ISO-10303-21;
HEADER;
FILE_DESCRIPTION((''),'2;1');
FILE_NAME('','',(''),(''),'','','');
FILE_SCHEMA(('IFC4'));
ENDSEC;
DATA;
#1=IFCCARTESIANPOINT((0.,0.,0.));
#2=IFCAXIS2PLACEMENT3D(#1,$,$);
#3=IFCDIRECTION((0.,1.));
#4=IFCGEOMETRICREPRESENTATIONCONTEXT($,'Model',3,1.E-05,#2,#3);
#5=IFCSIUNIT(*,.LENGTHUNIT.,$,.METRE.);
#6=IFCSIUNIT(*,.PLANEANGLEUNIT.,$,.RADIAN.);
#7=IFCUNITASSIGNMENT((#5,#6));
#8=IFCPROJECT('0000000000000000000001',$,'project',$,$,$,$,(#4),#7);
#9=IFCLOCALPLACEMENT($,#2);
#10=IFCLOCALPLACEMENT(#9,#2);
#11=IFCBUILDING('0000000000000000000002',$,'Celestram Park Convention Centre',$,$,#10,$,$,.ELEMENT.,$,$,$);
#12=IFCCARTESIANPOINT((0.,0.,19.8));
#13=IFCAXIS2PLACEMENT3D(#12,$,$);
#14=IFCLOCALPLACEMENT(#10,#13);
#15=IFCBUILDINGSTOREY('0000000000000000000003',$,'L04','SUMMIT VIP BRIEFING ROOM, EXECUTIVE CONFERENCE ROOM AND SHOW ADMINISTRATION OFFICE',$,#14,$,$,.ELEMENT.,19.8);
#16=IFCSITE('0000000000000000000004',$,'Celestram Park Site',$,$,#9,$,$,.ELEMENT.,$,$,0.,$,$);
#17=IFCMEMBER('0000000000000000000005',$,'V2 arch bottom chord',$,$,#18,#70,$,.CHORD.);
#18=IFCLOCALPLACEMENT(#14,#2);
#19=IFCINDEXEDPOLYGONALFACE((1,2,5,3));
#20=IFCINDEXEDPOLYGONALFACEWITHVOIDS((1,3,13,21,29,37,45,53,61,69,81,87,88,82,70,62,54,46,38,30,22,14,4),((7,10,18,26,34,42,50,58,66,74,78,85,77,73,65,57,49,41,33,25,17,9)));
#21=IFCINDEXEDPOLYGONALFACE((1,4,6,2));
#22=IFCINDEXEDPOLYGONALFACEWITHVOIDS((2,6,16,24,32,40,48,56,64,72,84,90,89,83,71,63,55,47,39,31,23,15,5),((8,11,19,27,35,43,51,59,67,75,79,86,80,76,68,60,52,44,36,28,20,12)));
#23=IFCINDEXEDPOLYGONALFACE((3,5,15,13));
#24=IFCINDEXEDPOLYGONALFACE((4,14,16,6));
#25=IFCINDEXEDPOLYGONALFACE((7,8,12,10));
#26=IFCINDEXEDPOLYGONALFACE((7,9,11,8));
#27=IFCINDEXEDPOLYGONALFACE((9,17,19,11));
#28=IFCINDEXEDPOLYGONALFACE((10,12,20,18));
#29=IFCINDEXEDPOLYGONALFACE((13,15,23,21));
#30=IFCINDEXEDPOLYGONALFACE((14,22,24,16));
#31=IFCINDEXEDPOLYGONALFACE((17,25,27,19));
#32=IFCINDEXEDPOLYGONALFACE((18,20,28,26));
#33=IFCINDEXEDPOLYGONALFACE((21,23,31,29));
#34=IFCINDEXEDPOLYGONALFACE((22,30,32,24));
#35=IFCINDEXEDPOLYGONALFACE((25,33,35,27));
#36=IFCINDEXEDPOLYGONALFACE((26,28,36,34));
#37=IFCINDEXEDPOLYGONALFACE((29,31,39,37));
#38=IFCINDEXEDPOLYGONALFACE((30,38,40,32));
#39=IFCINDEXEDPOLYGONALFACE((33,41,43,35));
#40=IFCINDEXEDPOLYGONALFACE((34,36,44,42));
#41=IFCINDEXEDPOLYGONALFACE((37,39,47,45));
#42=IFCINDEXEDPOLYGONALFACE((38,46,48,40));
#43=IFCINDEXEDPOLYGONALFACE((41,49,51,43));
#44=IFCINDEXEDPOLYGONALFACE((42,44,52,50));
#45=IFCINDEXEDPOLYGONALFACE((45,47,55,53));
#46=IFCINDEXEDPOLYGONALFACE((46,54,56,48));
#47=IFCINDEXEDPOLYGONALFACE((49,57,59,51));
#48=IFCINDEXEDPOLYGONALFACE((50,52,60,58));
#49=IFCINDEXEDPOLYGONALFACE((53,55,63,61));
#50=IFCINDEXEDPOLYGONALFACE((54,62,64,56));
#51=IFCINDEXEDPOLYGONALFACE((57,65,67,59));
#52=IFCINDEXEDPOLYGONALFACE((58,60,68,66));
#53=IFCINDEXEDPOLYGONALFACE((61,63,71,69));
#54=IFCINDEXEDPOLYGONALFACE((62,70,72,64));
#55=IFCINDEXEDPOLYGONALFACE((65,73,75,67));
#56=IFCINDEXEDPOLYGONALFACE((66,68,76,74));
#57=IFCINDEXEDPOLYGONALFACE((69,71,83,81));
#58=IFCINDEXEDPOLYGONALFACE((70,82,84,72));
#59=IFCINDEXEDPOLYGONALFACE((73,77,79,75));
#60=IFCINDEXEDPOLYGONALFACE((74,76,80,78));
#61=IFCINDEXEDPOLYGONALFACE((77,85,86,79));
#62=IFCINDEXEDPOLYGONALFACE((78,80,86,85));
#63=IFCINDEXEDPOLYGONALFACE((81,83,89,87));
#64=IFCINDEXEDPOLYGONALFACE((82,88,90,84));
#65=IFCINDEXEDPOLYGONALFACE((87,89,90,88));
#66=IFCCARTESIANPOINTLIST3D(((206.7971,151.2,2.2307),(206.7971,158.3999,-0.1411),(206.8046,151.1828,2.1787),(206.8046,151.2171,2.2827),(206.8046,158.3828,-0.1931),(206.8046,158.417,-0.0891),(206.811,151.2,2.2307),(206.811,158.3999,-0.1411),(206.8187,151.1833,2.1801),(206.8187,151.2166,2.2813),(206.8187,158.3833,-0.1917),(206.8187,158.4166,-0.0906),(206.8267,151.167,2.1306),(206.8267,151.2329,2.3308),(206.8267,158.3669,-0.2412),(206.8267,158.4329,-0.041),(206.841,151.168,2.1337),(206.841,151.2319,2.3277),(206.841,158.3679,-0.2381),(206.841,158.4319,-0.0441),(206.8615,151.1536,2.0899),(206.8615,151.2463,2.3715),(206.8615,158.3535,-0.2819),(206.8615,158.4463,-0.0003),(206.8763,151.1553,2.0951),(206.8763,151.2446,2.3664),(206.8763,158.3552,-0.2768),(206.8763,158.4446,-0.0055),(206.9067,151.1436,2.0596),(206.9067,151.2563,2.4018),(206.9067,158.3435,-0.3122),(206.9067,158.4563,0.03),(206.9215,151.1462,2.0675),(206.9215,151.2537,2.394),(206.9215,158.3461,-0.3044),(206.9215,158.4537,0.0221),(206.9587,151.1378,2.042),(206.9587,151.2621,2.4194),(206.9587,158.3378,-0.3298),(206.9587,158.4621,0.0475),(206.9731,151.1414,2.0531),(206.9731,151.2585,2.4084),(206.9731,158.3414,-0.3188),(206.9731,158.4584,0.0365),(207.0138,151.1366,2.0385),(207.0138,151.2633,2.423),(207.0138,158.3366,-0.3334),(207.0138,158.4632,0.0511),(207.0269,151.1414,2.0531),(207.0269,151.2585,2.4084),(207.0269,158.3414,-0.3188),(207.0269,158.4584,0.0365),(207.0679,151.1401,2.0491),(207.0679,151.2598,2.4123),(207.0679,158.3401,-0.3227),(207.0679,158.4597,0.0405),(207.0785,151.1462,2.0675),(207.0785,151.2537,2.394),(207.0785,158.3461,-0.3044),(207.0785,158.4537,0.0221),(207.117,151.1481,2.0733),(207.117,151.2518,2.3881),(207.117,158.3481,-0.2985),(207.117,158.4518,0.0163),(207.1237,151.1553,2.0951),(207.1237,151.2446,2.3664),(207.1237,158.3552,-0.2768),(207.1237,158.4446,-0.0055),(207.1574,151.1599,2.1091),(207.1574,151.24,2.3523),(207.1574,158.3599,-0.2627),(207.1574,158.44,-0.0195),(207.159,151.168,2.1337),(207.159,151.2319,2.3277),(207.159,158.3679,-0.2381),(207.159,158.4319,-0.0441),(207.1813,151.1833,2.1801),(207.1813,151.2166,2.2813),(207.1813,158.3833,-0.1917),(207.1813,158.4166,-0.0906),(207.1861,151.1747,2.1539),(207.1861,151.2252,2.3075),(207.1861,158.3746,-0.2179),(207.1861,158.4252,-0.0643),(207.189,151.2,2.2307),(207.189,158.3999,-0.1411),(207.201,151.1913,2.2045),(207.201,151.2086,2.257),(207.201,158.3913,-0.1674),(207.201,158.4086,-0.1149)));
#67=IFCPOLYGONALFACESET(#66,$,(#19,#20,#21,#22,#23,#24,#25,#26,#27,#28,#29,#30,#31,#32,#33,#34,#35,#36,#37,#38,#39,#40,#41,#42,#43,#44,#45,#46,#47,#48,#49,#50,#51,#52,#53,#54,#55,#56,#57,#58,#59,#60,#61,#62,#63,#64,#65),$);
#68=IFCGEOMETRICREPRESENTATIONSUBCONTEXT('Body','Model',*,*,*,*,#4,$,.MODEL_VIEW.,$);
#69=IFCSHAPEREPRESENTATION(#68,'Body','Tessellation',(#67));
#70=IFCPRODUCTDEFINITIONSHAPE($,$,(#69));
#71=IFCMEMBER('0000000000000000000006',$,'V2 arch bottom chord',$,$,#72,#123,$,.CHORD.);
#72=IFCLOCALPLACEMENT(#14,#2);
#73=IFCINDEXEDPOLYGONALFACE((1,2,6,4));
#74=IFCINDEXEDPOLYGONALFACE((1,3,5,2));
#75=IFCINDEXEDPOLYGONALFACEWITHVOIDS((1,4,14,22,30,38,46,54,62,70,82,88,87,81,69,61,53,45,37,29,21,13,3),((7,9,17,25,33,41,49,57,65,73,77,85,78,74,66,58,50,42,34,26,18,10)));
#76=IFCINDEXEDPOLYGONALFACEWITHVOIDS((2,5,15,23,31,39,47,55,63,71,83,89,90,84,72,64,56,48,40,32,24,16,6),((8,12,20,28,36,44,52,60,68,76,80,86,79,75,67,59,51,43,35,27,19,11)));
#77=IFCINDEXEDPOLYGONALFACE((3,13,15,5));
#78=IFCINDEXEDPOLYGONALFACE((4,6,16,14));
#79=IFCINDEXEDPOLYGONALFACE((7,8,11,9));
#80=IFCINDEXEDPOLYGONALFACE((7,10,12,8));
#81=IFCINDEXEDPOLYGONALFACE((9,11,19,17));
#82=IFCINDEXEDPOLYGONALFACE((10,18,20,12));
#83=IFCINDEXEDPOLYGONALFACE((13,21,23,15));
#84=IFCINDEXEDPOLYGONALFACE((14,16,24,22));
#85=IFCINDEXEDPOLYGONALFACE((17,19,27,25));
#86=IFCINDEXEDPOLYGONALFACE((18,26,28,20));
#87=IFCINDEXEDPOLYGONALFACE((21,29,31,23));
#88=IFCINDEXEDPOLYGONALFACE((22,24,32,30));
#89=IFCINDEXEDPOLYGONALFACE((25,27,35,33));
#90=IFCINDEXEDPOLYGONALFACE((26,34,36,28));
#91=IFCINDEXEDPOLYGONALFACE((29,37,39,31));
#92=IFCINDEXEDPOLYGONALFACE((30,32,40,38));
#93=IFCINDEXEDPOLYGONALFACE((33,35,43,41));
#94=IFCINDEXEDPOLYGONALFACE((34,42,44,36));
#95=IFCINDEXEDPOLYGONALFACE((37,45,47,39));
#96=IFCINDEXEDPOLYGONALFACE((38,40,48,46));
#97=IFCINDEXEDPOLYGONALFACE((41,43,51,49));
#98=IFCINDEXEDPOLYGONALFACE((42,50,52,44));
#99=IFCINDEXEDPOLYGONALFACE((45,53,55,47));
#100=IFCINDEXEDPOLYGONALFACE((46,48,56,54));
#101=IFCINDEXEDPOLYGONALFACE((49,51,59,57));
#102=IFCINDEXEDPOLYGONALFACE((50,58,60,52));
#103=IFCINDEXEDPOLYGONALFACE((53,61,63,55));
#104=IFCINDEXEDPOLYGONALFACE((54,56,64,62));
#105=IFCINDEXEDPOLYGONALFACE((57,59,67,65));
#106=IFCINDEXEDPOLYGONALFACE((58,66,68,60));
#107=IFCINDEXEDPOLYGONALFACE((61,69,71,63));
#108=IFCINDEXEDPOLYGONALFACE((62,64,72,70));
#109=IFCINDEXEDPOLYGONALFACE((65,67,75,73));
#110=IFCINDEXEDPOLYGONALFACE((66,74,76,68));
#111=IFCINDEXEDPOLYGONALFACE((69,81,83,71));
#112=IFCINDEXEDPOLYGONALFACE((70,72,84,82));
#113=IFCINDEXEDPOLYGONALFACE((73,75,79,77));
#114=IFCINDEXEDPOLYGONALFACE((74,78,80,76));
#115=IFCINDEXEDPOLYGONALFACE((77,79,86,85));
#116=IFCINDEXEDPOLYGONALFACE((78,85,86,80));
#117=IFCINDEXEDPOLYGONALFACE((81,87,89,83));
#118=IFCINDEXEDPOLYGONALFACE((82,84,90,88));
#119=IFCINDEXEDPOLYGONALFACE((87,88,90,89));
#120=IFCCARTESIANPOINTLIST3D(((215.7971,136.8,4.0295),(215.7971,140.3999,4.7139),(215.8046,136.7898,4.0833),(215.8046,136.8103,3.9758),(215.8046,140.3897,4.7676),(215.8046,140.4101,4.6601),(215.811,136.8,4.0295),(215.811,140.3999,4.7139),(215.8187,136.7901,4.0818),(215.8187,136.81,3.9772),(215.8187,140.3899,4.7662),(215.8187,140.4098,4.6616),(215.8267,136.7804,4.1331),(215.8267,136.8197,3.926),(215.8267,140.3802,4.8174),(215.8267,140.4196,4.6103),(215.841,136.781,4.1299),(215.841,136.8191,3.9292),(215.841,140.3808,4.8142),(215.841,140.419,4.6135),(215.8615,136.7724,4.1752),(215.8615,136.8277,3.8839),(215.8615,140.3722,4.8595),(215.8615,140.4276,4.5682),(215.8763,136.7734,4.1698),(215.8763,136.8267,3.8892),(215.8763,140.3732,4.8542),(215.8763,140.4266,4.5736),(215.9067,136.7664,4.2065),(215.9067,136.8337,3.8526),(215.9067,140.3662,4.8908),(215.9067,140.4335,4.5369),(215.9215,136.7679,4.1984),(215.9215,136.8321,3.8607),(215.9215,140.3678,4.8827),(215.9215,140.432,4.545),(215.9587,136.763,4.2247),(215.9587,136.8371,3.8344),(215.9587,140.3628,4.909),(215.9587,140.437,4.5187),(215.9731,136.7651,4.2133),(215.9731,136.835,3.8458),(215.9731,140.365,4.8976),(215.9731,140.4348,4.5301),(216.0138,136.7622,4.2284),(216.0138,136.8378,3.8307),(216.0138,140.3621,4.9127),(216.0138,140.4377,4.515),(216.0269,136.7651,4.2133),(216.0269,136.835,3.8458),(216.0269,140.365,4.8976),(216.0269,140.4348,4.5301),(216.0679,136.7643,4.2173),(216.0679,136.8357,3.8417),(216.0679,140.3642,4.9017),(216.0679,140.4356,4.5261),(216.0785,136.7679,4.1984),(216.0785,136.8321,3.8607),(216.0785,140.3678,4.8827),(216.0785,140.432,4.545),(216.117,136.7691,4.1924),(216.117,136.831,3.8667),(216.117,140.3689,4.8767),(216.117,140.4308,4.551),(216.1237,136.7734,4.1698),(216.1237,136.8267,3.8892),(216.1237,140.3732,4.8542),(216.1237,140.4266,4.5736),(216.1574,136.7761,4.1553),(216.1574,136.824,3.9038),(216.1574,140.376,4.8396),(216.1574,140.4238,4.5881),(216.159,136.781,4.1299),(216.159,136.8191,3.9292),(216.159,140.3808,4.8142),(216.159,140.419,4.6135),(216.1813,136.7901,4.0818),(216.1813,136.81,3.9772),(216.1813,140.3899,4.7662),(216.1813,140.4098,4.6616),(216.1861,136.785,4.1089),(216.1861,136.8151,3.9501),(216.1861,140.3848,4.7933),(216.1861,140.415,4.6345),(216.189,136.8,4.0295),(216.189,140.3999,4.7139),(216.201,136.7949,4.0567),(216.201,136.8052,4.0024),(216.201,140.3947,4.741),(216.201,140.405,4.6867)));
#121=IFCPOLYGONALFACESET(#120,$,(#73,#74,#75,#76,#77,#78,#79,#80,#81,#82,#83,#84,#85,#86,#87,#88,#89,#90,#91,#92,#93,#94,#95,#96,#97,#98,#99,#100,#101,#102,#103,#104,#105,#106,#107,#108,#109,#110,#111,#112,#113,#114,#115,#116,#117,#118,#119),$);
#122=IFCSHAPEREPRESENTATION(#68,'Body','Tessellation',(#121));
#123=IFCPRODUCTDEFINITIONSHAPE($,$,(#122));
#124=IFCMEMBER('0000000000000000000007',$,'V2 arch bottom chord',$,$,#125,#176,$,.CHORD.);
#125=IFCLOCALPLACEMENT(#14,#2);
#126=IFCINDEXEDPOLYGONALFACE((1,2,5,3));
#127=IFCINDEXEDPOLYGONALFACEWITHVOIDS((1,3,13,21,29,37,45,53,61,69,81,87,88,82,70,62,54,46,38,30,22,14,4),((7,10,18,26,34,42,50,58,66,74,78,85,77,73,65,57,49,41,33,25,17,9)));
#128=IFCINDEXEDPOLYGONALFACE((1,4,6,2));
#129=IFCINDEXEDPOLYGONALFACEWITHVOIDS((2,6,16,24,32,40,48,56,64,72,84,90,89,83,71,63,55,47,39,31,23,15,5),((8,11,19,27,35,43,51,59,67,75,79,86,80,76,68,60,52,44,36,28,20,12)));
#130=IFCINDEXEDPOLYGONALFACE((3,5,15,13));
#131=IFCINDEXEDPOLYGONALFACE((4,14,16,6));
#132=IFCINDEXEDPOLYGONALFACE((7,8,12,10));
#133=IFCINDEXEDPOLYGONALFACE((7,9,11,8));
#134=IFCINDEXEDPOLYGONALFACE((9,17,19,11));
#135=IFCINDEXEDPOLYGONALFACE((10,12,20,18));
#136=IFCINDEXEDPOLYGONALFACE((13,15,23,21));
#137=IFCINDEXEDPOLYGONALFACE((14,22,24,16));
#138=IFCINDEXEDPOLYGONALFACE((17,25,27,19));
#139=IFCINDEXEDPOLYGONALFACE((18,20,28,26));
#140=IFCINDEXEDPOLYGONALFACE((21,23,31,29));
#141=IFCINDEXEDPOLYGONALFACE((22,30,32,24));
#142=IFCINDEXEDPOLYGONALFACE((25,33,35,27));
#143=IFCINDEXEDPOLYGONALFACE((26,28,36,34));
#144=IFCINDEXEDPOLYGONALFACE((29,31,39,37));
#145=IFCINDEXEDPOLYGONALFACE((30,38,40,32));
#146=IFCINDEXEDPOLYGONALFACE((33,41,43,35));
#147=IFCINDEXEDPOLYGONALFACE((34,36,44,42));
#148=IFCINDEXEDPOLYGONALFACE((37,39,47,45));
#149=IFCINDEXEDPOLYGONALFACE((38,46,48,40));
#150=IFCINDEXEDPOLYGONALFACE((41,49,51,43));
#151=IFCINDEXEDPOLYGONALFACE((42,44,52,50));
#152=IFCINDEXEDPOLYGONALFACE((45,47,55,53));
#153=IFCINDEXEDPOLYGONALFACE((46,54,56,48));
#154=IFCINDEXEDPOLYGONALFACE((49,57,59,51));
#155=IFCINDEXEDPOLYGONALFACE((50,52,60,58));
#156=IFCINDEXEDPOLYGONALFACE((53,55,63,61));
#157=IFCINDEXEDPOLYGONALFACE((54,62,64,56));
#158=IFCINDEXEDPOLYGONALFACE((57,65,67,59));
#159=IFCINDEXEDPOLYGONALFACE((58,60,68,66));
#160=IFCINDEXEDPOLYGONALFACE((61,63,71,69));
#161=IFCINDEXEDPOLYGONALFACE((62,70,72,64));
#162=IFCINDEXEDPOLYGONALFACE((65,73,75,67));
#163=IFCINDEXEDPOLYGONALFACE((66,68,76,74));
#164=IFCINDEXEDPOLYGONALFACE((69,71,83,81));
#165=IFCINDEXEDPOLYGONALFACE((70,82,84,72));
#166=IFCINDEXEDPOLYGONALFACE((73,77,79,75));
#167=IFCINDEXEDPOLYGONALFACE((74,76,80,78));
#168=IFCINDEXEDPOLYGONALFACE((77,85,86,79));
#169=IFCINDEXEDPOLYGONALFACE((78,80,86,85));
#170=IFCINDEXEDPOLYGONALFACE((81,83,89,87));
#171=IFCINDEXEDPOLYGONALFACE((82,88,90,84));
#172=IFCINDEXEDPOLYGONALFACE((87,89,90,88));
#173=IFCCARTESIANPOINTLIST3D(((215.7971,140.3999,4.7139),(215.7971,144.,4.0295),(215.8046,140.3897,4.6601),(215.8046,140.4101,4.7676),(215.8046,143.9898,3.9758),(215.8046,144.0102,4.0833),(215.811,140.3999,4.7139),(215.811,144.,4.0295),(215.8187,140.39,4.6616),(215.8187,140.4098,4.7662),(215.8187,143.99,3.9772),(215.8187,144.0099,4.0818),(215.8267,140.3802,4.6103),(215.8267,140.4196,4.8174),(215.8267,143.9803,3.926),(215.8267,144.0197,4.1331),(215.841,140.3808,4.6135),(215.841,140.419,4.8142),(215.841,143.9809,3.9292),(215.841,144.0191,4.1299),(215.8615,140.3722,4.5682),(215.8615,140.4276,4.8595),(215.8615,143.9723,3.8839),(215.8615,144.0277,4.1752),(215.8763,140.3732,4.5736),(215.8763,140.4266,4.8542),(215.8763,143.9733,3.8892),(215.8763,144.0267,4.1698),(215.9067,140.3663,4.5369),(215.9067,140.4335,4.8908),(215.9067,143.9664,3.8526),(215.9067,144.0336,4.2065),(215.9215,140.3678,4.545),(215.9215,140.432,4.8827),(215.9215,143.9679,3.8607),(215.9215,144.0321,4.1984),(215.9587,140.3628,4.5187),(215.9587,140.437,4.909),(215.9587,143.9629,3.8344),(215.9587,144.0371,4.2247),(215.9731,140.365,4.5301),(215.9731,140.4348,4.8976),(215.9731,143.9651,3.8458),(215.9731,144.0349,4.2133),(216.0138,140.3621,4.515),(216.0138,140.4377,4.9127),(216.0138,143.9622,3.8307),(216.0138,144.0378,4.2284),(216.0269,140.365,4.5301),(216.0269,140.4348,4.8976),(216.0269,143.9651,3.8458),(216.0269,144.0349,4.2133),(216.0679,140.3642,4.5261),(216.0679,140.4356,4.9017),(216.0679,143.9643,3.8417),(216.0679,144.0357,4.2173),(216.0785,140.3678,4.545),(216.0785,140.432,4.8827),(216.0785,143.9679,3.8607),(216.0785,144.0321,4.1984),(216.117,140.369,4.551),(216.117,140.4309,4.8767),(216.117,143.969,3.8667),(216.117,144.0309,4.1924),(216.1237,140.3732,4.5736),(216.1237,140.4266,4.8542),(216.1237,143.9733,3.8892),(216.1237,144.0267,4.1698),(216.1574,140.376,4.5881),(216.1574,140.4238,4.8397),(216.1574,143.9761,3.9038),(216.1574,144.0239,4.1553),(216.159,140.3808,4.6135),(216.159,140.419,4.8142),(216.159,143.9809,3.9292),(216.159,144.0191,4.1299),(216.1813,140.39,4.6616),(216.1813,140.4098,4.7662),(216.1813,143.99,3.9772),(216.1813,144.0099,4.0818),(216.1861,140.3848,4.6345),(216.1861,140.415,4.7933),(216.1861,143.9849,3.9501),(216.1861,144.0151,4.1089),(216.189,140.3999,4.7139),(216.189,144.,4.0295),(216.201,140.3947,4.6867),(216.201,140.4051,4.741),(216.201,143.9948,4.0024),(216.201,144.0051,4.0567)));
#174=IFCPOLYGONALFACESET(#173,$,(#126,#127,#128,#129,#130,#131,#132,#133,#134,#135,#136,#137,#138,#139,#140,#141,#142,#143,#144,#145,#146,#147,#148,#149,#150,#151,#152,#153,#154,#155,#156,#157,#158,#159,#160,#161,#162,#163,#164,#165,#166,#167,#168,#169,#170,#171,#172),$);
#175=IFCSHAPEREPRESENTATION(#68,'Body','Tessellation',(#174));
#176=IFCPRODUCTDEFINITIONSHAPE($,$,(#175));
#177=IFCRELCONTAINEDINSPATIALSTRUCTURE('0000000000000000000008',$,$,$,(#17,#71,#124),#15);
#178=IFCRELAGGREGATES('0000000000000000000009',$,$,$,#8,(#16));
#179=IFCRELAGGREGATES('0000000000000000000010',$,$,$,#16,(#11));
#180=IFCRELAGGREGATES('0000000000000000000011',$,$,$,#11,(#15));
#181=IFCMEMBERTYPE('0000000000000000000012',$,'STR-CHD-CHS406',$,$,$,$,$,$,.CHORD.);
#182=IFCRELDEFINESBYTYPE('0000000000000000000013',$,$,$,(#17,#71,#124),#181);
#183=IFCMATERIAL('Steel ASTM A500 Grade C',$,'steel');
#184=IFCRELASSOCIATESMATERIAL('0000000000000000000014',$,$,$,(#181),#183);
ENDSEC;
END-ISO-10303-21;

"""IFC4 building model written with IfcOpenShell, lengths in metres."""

from ifc_helpers import new_model, si_unit, direction, frame, origin, origin_2d, place, context, subcontext, project, spatial, hollow_circle, extrude, material, material_profile, profile_set, type_object, element, save


model = new_model("IFC4")

# Units and contexts
model_context = context("Model", 3, precision=1e-05, world=origin(), true_north=direction((0.0, 1.0)))
body_context = subcontext(model_context, "Body", "Model", "MODEL_VIEW")
ifc_project = project(units=[si_unit("LENGTHUNIT", "METRE"), si_unit("PLANEANGLEUNIT", "RADIAN")], contexts=[model_context])

# Site, building, storey
site_placement = place(None, origin())
site = spatial("IfcSite", under=ifc_project, at=site_placement, Name="Celestram Park Site", CompositionType="ELEMENT", RefElevation=0.0)
building_placement = place(site_placement, origin())
building = spatial("IfcBuilding", under=site, at=building_placement, Name="Celestram Park Convention Centre", CompositionType="ELEMENT")
storey_placement = place(building_placement, frame((0.0, 0.0, 19.8)))
storey = spatial("IfcBuildingStorey", under=building, at=storey_placement, Name="L04", Description="SUMMIT VIP BRIEFING ROOM, EXECUTIVE CONFERENCE ROOM AND SHOW ADMINISTRATION OFFICE", CompositionType="ELEMENT", Elevation=19.8)

# Members
ifc_material_1 = material(Name="Steel ASTM A500 Grade C", Category="steel")
ifc_material_profile_1 = material_profile(ifc_material_1, hollow_circle(Radius=0.2029, WallThickness=0.0139, at=origin_2d()), Name="CHS406X14")
ifc_profile_set_1 = profile_set([ifc_material_profile_1], Name="Steel ASTM A500 Grade C")
member_type_1 = type_object("IfcMemberType", Name="STR-CHD-CHS406", PredefinedType="CHORD", material=ifc_profile_set_1)
member_1_placement = place(storey_placement, frame((207.0, 151.2, 2.2307), z_axis=(0.0, 0.949792, -0.312883), x_axis=(-1.0, 0.0, 0.0)))
element("IfcMember", 1, at=member_1_placement, inside=storey, type_object=member_type_1, Name="V2 arch bottom chord", PredefinedType="CHORD", context=body_context, shape_type="SweptSolid", body=[
    extrude(hollow_circle(Radius=0.2029, WallThickness=0.0139, at=origin_2d()), origin(), (0.0, 0.0, 1.0), 7.5806),
])
member_2_placement = place(storey_placement, frame((216.0, 136.8, 4.0295), z_axis=(0.0, 0.982407, 0.186754), x_axis=(-1.0, 0.0, 0.0)))
element("IfcMember", 2, at=member_2_placement, inside=storey, type_object=member_type_1, Name="V2 arch bottom chord", PredefinedType="CHORD", context=body_context, shape_type="SweptSolid", body=[
    extrude(hollow_circle(Radius=0.2029, WallThickness=0.0139, at=origin_2d()), origin(), (0.0, 0.0, 1.0), 3.6643),
])
member_3_placement = place(storey_placement, frame((216.0, 140.3999, 4.7139), z_axis=(0.0, 0.982409, -0.186742), x_axis=(-1.0, 0.0, 0.0)))
element("IfcMember", 3, at=member_3_placement, inside=storey, type_object=member_type_1, Name="V2 arch bottom chord", PredefinedType="CHORD", context=body_context, shape_type="SweptSolid", body=[
    extrude(hollow_circle(Radius=0.2029, WallThickness=0.0139, at=origin_2d()), origin(), (0.0, 0.0, 1.0), 3.6646),
])

save(model, "model.ifc")
